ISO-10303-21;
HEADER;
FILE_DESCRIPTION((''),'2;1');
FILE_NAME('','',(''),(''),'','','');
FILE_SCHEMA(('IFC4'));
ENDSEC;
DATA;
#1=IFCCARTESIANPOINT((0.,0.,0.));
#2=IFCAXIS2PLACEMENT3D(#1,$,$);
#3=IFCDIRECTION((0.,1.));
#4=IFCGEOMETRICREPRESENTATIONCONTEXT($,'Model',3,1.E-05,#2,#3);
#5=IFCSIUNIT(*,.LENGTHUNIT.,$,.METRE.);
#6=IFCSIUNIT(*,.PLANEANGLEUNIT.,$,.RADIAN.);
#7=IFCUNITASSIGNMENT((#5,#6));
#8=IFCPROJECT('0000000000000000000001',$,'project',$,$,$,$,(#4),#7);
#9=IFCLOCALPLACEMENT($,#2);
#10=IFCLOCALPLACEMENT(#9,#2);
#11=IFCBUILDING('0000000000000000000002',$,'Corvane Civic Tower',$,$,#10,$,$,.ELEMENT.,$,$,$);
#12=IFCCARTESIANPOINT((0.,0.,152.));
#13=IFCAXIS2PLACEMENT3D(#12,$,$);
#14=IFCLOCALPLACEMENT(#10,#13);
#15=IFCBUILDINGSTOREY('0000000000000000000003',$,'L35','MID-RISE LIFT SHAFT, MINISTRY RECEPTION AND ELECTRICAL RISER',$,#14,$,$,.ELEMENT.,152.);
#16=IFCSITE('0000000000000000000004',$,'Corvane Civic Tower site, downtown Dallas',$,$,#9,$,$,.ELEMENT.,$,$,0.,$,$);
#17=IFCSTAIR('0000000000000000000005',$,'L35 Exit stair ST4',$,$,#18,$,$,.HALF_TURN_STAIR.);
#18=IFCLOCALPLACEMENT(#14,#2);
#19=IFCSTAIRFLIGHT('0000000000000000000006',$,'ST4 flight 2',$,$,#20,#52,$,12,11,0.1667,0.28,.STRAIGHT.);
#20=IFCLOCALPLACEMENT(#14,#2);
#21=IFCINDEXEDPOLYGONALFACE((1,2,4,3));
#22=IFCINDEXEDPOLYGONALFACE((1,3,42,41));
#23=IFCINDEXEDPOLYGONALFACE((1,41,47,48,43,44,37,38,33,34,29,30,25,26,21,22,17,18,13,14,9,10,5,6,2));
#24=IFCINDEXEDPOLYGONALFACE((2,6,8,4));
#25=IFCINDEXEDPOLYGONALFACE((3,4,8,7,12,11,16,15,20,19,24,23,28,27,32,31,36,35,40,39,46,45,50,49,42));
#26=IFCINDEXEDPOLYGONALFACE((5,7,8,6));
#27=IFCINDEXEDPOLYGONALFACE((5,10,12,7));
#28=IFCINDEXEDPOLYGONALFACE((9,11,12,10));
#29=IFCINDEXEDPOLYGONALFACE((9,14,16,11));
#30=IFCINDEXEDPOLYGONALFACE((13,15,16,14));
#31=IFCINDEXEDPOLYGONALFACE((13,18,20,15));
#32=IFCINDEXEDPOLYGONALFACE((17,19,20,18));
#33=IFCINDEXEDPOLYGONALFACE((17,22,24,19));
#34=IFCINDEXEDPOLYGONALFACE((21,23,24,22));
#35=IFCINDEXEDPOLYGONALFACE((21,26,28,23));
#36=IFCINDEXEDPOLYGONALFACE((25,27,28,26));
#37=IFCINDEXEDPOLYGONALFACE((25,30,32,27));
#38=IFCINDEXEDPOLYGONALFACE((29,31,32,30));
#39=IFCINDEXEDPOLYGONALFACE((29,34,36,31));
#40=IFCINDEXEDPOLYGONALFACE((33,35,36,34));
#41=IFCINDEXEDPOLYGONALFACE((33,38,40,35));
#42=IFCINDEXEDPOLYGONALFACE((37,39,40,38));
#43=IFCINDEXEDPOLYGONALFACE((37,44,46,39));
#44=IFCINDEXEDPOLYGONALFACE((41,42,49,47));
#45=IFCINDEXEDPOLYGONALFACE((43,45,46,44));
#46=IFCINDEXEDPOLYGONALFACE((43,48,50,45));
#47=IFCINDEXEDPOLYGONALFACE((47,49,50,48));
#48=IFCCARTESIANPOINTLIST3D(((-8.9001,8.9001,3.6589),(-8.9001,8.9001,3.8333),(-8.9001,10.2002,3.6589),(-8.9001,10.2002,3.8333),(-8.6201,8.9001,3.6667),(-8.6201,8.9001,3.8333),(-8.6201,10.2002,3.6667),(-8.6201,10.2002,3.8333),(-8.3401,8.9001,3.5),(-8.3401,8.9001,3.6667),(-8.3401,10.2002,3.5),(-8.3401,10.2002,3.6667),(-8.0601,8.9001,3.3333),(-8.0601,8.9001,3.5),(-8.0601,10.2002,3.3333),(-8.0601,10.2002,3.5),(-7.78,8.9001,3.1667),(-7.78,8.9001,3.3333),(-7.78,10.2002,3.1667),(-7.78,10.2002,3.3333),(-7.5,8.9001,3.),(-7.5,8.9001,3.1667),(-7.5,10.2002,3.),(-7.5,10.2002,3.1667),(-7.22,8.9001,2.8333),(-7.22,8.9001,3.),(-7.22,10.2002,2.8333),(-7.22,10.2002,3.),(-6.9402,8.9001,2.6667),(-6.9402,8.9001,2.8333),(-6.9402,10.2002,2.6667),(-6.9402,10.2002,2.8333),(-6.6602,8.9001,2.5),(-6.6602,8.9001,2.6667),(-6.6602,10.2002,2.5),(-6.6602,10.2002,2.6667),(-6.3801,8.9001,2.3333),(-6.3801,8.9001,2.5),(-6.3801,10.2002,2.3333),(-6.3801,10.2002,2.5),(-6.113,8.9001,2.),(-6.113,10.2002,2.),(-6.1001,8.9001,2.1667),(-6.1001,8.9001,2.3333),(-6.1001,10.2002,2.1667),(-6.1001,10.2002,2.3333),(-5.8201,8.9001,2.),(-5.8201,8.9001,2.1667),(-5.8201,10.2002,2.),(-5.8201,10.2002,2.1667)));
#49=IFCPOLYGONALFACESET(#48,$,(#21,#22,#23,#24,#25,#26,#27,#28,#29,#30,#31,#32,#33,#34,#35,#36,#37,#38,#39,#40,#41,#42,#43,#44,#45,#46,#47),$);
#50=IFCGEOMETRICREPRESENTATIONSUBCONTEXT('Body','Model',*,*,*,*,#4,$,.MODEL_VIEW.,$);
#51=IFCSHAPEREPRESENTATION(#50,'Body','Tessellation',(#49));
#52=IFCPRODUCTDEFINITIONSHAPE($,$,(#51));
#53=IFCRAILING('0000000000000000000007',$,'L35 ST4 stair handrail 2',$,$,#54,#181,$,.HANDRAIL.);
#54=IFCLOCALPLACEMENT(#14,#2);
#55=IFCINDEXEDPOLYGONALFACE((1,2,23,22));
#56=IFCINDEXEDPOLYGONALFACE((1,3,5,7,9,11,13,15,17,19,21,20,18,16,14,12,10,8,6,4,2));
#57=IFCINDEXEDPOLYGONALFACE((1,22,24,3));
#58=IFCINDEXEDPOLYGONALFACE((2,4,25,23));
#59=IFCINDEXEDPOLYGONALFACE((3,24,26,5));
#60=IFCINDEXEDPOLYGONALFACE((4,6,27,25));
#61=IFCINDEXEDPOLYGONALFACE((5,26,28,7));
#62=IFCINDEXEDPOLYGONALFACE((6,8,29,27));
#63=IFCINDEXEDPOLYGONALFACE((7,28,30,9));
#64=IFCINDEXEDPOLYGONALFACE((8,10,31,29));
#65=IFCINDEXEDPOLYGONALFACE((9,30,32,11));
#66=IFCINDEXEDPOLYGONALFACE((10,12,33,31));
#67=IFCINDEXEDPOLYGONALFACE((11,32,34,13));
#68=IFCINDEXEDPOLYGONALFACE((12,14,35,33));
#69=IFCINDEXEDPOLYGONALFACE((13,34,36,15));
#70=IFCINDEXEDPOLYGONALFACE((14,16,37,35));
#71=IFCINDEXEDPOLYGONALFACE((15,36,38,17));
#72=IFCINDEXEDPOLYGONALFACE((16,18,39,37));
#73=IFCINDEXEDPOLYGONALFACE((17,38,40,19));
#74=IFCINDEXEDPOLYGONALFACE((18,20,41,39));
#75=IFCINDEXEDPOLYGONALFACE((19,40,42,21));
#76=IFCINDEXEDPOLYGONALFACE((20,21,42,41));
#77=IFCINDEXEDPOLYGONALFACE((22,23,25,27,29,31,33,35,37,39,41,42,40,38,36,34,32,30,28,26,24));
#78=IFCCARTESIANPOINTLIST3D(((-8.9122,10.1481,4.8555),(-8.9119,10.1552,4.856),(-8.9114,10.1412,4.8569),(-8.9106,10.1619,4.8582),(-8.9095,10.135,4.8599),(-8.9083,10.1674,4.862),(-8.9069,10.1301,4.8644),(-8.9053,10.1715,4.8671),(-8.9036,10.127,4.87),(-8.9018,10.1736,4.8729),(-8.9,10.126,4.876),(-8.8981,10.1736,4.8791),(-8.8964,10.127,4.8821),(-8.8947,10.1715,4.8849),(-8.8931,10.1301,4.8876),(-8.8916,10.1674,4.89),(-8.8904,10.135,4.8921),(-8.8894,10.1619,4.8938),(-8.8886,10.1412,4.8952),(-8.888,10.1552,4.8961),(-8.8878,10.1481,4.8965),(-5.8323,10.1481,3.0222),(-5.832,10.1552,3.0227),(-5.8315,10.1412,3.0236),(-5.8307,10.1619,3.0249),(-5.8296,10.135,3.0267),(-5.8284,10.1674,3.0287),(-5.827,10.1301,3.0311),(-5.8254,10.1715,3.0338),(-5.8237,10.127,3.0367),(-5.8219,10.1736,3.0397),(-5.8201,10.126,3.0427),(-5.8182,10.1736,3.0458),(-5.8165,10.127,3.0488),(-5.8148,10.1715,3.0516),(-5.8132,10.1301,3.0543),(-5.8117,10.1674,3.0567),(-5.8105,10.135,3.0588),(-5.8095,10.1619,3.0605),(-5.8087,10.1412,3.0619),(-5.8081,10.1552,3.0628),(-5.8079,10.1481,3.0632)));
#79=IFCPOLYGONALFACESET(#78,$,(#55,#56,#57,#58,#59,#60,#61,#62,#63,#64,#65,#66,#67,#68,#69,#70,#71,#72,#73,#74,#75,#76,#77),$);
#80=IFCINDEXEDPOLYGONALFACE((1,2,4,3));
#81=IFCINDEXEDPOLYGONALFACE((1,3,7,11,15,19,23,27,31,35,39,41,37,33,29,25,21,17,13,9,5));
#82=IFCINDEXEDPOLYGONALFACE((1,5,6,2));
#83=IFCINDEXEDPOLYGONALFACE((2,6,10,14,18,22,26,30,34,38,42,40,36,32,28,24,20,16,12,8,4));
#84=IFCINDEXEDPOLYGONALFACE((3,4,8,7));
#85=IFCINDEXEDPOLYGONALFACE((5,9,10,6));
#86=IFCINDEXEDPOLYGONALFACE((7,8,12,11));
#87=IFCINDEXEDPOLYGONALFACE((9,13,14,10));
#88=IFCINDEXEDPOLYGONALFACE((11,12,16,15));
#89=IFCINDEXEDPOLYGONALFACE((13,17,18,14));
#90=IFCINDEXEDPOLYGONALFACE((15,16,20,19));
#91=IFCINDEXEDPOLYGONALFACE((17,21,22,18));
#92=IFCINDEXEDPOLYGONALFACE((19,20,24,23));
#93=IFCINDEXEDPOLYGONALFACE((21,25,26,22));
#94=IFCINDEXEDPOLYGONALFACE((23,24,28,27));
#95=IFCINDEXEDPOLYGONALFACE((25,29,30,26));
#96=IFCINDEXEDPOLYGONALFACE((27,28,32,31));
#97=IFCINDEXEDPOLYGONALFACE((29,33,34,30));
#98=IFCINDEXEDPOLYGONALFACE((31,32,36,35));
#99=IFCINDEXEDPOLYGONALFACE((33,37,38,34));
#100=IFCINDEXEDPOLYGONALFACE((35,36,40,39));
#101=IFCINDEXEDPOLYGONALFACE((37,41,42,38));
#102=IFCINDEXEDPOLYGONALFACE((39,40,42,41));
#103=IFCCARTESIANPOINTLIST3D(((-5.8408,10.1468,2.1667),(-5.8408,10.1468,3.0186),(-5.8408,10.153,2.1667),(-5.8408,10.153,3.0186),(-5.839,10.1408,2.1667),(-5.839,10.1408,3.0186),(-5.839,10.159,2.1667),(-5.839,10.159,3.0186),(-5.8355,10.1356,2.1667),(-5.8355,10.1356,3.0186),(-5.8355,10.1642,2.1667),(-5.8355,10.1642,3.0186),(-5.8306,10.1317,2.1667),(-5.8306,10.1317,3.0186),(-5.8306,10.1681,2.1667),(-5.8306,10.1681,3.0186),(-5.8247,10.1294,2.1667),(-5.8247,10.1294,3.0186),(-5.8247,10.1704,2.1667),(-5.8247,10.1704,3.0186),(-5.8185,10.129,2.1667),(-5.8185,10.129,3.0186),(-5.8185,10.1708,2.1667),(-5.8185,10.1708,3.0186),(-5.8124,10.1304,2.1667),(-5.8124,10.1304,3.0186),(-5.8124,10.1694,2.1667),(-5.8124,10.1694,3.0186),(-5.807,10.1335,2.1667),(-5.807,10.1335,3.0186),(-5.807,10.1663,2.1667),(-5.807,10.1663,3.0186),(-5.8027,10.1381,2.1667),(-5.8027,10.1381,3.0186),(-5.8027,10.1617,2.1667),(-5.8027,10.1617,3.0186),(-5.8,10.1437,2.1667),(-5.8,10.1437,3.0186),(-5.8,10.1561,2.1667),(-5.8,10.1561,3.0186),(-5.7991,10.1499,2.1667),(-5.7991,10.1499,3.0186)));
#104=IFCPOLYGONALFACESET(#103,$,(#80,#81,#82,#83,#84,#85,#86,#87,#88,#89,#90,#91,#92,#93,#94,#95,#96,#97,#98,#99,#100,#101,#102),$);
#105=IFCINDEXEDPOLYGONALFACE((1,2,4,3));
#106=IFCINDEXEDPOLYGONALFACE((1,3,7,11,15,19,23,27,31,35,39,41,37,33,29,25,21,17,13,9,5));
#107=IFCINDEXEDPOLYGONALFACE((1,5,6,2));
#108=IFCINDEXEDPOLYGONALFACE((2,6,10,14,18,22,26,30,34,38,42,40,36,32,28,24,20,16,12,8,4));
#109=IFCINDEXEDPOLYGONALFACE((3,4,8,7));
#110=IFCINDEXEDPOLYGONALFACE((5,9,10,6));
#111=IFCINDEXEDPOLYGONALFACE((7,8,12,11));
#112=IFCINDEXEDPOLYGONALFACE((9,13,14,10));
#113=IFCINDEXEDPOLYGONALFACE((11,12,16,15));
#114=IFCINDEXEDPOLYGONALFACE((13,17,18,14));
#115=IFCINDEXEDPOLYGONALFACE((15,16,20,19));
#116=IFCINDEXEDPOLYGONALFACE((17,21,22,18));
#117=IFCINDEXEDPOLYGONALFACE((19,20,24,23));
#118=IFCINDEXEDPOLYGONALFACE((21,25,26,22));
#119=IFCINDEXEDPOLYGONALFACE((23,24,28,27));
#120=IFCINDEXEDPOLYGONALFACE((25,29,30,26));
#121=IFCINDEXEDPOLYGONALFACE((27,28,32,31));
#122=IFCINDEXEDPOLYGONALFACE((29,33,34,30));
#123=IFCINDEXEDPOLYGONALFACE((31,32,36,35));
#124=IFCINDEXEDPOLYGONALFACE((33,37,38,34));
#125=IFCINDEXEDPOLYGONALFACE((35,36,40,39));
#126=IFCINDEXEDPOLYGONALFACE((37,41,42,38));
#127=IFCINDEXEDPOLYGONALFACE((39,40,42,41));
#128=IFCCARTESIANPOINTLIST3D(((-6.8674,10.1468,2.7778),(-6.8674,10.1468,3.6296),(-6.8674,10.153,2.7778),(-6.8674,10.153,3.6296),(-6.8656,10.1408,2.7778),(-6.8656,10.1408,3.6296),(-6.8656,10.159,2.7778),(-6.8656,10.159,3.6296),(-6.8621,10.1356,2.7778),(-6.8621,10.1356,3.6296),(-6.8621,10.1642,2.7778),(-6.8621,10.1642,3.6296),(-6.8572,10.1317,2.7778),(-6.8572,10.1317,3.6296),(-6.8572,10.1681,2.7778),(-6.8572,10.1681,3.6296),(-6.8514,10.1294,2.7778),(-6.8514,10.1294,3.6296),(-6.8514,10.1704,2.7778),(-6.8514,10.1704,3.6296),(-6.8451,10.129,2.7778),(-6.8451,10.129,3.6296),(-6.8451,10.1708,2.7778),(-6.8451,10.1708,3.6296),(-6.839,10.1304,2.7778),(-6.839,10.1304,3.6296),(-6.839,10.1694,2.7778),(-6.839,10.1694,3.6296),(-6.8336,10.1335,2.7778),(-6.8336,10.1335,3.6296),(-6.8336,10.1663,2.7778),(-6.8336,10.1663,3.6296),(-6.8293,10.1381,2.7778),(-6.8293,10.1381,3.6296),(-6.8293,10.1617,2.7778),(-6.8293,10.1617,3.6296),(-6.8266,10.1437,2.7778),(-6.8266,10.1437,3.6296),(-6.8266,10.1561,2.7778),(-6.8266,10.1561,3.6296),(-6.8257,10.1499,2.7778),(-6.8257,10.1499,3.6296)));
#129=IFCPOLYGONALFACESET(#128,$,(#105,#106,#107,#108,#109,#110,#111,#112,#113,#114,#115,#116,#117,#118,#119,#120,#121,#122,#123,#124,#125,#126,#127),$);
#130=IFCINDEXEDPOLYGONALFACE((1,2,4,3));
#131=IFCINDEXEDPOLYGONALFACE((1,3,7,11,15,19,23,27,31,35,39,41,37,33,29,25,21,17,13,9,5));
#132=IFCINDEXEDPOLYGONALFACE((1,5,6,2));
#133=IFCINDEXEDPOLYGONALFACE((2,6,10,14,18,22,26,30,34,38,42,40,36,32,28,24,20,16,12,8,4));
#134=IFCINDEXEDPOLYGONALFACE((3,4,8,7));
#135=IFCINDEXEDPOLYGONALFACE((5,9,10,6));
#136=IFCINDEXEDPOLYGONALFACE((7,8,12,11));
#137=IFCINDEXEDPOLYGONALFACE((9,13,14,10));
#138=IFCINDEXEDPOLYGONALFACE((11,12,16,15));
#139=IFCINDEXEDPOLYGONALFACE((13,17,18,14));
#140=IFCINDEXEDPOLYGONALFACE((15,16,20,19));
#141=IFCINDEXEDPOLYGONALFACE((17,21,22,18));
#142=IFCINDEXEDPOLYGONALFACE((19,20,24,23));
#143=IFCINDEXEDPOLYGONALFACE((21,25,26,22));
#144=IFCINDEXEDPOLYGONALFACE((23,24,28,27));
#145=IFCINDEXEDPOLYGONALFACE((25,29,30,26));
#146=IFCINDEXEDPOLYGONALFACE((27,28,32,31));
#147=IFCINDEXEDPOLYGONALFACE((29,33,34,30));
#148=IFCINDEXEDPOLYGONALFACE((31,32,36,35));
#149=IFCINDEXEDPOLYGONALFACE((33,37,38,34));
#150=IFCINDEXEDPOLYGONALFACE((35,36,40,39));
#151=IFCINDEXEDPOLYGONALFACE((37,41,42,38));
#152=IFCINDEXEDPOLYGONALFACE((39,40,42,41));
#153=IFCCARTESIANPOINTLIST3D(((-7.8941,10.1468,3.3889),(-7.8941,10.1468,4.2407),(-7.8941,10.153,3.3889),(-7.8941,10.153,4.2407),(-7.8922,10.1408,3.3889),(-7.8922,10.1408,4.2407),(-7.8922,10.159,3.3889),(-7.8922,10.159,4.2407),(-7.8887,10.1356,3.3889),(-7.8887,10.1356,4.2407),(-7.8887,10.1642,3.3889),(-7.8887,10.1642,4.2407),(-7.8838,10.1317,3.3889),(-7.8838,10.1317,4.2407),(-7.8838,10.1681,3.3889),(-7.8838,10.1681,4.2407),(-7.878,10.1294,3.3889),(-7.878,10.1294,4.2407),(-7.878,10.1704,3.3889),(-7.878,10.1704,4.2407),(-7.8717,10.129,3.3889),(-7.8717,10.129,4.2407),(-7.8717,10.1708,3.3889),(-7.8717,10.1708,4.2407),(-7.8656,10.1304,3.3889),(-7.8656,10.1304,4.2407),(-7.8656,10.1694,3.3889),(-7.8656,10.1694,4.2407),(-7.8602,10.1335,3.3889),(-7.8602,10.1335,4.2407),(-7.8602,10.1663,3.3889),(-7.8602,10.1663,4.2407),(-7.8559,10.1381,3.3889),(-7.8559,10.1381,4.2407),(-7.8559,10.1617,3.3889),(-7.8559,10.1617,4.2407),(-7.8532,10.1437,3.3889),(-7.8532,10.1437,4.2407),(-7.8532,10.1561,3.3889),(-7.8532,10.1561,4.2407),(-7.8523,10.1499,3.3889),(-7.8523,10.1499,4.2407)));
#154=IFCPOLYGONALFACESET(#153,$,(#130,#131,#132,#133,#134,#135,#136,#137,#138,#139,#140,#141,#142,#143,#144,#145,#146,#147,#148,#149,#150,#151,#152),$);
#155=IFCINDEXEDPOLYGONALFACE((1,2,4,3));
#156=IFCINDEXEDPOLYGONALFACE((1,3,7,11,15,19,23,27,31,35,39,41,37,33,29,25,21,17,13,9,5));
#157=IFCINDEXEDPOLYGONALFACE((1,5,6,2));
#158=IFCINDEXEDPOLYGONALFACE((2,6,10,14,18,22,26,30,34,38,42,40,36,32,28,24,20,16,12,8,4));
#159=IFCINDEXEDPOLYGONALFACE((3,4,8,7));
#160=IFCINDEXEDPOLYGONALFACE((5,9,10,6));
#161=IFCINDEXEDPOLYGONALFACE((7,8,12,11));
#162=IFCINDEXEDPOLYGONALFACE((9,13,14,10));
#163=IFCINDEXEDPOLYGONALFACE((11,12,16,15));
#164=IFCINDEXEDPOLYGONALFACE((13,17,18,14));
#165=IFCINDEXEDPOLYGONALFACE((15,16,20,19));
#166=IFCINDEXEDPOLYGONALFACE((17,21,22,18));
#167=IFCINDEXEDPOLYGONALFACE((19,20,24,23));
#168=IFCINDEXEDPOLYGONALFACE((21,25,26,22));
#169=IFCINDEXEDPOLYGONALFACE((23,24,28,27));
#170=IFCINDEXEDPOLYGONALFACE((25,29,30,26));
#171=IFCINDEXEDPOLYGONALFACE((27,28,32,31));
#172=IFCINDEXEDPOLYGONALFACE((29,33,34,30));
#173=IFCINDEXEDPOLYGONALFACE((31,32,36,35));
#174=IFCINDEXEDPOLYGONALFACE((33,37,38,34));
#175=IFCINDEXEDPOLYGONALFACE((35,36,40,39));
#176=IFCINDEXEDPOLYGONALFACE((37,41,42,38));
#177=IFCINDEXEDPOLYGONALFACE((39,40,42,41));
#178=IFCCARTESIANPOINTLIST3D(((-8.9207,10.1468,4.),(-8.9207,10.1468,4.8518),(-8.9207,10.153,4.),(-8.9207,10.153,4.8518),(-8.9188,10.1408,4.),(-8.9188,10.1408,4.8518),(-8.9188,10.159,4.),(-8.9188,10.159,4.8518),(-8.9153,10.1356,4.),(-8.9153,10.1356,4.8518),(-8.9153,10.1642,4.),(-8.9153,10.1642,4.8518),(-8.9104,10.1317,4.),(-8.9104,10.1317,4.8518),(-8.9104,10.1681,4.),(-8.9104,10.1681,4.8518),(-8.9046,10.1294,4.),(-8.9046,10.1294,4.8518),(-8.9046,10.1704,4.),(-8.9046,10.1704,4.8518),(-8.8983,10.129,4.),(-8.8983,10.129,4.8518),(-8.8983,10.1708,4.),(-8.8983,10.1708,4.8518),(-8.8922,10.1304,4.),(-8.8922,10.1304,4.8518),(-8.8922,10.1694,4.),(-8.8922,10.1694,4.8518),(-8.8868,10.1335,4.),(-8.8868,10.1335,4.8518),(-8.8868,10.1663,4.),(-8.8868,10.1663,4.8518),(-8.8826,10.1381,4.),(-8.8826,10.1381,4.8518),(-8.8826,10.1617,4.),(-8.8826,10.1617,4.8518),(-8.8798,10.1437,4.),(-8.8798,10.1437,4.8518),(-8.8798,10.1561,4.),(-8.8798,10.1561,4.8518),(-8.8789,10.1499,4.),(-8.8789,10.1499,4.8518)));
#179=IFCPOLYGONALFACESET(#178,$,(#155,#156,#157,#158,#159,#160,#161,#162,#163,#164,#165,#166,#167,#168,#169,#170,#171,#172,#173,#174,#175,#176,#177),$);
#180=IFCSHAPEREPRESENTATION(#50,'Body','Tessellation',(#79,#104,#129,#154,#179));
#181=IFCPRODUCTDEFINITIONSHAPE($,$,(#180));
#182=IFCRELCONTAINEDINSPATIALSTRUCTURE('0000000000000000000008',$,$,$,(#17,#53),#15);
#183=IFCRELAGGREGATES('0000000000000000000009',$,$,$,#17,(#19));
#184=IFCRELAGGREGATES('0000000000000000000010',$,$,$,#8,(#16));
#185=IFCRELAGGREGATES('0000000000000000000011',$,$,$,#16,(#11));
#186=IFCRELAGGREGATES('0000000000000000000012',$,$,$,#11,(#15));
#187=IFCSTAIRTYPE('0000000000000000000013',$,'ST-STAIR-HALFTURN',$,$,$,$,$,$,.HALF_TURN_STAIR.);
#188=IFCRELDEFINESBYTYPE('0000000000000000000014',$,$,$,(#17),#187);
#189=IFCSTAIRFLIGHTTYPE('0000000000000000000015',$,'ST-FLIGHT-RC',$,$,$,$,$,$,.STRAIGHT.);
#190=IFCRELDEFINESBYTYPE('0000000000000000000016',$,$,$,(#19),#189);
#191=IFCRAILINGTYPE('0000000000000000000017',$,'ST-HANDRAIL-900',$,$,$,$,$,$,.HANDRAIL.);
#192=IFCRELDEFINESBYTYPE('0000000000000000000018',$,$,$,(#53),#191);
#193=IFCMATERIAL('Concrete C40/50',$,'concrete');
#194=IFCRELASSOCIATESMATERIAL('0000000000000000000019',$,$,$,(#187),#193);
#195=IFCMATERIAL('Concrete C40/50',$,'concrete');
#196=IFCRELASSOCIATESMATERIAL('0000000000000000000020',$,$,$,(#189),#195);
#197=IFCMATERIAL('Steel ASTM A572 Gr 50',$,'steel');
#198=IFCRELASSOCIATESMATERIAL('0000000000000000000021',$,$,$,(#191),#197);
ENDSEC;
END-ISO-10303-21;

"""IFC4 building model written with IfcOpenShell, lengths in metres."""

from ifc_helpers import new_model, si_unit, direction, frame, origin, origin_2d, place, context, subcontext, project, spatial, polyline, circle, outline, extrude, material, type_object, element, aggregate, save


model = new_model("IFC4")

# Units and contexts
model_context = context("Model", 3, precision=1e-05, world=origin(), true_north=direction((0.0, 1.0)))
body_context = subcontext(model_context, "Body", "Model", "MODEL_VIEW")
ifc_project = project(units=[si_unit("LENGTHUNIT", "METRE"), si_unit("PLANEANGLEUNIT", "RADIAN")], contexts=[model_context])

# Site, building, storey
site_placement = place(None, origin())
site = spatial("IfcSite", under=ifc_project, at=site_placement, Name="Corvane Civic Tower site, downtown Dallas", CompositionType="ELEMENT", RefElevation=0.0)
building_placement = place(site_placement, origin())
building = spatial("IfcBuilding", under=site, at=building_placement, Name="Corvane Civic Tower", CompositionType="ELEMENT")
storey_placement = place(building_placement, frame((0.0, 0.0, 152.0)))
storey = spatial("IfcBuildingStorey", under=building, at=storey_placement, Name="L35", Description="MID-RISE LIFT SHAFT, MINISTRY RECEPTION AND ELECTRICAL RISER", CompositionType="ELEMENT", Elevation=152.0)

# Stair, stair flight
ifc_material_1 = material(Name="Concrete C40/50", Category="concrete")
stair_type = type_object("IfcStairType", Name="ST-STAIR-HALFTURN", PredefinedType="HALF_TURN_STAIR", material=ifc_material_1)
stair_placement = place(storey_placement, origin())
stair = element("IfcStair", 1, at=stair_placement, inside=storey, type_object=stair_type, Name="L35 Exit stair ST4", PredefinedType="HALF_TURN_STAIR")
ifc_material_2 = material(Name="Concrete C40/50", Category="concrete")
stair_flight_type = type_object("IfcStairFlightType", Name="ST-FLIGHT-RC", PredefinedType="STRAIGHT", material=ifc_material_2)
stair_flight_placement = place(storey_placement, frame((-5.8201, 9.55, 2.0), z_axis=(0.0, 0.0, 1.0), x_axis=(-1.0, 0.0, 0.0)))
stair_flight = element("IfcStairFlight", 2, at=stair_flight_placement, type_object=stair_flight_type, Name="ST4 flight 2", NumberOfRisers=12, NumberOfTreads=11, PredefinedType="STRAIGHT", RiserHeight=0.1667, TreadLength=0.28, context=body_context, shape_type="SweptSolid", body=[
    extrude(outline(polyline([(0.0, 0.0), (0.0, 0.1667), (0.28, 0.1667), (0.28, 0.3333), (0.5601, 0.3333), (0.5601, 0.5), (0.8401, 0.5), (0.8401, 0.6667), (1.1201, 0.6667), (1.1201, 0.8333), (1.3999, 0.8333), (1.3999, 1.0), (1.6799, 1.0), (1.6799, 1.1667), (1.96, 1.1667), (1.96, 1.3333), (2.24, 1.3333), (2.24, 1.5), (2.52, 1.5), (2.52, 1.6667), (2.8, 1.6667), (2.8, 1.8333), (3.0801, 1.8333), (3.0801, 2.0), (3.0801, 1.6589), (0.293, 0.0), (0.0, 0.0)])), frame((0.0, 0.6499, 0.0), z_axis=(0.0, -1.0, 0.0), x_axis=(1.0, 0.0, 0.0)), (0.0, 0.0, 1.0), 1.3),
])
aggregate(stair, [stair_flight])

# Railing
ifc_material_3 = material(Name="Steel ASTM A572 Gr 50", Category="steel")
railing_type_1 = type_object("IfcRailingType", Name="ST-HANDRAIL-900", PredefinedType="HANDRAIL", material=ifc_material_3)
railing_1_placement = place(storey_placement, frame((-5.8201, 10.1499, 2.1667)))
element("IfcRailing", 3, at=railing_1_placement, inside=storey, type_object=railing_type_1, Name="L35 ST4 stair handrail 2", PredefinedType="HANDRAIL", context=body_context, shape_type="SweptSolid", body=[
    extrude(circle(Radius=0.0239, at=origin_2d()), frame((0.0, 0.0, 0.876), z_axis=(-0.859291, 0.0, 0.511487), x_axis=(0.0, -1.0, 0.0)), (0.0, 0.0, 1.0), 3.5842),
    extrude(circle(Radius=0.021, at=origin_2d()), origin(), (0.0, 0.0, 1.0), 0.8518),
    extrude(circle(Radius=0.021, at=origin_2d()), frame((-1.0266, 0.0, 0.6111)), (0.0, 0.0, 1.0), 0.8518),
    extrude(circle(Radius=0.021, at=origin_2d()), frame((-2.0532, 0.0, 1.2222)), (0.0, 0.0, 1.0), 0.8518),
    extrude(circle(Radius=0.021, at=origin_2d()), frame((-3.0798, 0.0, 1.8333)), (0.0, 0.0, 1.0), 0.8518),
])

save(model, "model.ifc")
